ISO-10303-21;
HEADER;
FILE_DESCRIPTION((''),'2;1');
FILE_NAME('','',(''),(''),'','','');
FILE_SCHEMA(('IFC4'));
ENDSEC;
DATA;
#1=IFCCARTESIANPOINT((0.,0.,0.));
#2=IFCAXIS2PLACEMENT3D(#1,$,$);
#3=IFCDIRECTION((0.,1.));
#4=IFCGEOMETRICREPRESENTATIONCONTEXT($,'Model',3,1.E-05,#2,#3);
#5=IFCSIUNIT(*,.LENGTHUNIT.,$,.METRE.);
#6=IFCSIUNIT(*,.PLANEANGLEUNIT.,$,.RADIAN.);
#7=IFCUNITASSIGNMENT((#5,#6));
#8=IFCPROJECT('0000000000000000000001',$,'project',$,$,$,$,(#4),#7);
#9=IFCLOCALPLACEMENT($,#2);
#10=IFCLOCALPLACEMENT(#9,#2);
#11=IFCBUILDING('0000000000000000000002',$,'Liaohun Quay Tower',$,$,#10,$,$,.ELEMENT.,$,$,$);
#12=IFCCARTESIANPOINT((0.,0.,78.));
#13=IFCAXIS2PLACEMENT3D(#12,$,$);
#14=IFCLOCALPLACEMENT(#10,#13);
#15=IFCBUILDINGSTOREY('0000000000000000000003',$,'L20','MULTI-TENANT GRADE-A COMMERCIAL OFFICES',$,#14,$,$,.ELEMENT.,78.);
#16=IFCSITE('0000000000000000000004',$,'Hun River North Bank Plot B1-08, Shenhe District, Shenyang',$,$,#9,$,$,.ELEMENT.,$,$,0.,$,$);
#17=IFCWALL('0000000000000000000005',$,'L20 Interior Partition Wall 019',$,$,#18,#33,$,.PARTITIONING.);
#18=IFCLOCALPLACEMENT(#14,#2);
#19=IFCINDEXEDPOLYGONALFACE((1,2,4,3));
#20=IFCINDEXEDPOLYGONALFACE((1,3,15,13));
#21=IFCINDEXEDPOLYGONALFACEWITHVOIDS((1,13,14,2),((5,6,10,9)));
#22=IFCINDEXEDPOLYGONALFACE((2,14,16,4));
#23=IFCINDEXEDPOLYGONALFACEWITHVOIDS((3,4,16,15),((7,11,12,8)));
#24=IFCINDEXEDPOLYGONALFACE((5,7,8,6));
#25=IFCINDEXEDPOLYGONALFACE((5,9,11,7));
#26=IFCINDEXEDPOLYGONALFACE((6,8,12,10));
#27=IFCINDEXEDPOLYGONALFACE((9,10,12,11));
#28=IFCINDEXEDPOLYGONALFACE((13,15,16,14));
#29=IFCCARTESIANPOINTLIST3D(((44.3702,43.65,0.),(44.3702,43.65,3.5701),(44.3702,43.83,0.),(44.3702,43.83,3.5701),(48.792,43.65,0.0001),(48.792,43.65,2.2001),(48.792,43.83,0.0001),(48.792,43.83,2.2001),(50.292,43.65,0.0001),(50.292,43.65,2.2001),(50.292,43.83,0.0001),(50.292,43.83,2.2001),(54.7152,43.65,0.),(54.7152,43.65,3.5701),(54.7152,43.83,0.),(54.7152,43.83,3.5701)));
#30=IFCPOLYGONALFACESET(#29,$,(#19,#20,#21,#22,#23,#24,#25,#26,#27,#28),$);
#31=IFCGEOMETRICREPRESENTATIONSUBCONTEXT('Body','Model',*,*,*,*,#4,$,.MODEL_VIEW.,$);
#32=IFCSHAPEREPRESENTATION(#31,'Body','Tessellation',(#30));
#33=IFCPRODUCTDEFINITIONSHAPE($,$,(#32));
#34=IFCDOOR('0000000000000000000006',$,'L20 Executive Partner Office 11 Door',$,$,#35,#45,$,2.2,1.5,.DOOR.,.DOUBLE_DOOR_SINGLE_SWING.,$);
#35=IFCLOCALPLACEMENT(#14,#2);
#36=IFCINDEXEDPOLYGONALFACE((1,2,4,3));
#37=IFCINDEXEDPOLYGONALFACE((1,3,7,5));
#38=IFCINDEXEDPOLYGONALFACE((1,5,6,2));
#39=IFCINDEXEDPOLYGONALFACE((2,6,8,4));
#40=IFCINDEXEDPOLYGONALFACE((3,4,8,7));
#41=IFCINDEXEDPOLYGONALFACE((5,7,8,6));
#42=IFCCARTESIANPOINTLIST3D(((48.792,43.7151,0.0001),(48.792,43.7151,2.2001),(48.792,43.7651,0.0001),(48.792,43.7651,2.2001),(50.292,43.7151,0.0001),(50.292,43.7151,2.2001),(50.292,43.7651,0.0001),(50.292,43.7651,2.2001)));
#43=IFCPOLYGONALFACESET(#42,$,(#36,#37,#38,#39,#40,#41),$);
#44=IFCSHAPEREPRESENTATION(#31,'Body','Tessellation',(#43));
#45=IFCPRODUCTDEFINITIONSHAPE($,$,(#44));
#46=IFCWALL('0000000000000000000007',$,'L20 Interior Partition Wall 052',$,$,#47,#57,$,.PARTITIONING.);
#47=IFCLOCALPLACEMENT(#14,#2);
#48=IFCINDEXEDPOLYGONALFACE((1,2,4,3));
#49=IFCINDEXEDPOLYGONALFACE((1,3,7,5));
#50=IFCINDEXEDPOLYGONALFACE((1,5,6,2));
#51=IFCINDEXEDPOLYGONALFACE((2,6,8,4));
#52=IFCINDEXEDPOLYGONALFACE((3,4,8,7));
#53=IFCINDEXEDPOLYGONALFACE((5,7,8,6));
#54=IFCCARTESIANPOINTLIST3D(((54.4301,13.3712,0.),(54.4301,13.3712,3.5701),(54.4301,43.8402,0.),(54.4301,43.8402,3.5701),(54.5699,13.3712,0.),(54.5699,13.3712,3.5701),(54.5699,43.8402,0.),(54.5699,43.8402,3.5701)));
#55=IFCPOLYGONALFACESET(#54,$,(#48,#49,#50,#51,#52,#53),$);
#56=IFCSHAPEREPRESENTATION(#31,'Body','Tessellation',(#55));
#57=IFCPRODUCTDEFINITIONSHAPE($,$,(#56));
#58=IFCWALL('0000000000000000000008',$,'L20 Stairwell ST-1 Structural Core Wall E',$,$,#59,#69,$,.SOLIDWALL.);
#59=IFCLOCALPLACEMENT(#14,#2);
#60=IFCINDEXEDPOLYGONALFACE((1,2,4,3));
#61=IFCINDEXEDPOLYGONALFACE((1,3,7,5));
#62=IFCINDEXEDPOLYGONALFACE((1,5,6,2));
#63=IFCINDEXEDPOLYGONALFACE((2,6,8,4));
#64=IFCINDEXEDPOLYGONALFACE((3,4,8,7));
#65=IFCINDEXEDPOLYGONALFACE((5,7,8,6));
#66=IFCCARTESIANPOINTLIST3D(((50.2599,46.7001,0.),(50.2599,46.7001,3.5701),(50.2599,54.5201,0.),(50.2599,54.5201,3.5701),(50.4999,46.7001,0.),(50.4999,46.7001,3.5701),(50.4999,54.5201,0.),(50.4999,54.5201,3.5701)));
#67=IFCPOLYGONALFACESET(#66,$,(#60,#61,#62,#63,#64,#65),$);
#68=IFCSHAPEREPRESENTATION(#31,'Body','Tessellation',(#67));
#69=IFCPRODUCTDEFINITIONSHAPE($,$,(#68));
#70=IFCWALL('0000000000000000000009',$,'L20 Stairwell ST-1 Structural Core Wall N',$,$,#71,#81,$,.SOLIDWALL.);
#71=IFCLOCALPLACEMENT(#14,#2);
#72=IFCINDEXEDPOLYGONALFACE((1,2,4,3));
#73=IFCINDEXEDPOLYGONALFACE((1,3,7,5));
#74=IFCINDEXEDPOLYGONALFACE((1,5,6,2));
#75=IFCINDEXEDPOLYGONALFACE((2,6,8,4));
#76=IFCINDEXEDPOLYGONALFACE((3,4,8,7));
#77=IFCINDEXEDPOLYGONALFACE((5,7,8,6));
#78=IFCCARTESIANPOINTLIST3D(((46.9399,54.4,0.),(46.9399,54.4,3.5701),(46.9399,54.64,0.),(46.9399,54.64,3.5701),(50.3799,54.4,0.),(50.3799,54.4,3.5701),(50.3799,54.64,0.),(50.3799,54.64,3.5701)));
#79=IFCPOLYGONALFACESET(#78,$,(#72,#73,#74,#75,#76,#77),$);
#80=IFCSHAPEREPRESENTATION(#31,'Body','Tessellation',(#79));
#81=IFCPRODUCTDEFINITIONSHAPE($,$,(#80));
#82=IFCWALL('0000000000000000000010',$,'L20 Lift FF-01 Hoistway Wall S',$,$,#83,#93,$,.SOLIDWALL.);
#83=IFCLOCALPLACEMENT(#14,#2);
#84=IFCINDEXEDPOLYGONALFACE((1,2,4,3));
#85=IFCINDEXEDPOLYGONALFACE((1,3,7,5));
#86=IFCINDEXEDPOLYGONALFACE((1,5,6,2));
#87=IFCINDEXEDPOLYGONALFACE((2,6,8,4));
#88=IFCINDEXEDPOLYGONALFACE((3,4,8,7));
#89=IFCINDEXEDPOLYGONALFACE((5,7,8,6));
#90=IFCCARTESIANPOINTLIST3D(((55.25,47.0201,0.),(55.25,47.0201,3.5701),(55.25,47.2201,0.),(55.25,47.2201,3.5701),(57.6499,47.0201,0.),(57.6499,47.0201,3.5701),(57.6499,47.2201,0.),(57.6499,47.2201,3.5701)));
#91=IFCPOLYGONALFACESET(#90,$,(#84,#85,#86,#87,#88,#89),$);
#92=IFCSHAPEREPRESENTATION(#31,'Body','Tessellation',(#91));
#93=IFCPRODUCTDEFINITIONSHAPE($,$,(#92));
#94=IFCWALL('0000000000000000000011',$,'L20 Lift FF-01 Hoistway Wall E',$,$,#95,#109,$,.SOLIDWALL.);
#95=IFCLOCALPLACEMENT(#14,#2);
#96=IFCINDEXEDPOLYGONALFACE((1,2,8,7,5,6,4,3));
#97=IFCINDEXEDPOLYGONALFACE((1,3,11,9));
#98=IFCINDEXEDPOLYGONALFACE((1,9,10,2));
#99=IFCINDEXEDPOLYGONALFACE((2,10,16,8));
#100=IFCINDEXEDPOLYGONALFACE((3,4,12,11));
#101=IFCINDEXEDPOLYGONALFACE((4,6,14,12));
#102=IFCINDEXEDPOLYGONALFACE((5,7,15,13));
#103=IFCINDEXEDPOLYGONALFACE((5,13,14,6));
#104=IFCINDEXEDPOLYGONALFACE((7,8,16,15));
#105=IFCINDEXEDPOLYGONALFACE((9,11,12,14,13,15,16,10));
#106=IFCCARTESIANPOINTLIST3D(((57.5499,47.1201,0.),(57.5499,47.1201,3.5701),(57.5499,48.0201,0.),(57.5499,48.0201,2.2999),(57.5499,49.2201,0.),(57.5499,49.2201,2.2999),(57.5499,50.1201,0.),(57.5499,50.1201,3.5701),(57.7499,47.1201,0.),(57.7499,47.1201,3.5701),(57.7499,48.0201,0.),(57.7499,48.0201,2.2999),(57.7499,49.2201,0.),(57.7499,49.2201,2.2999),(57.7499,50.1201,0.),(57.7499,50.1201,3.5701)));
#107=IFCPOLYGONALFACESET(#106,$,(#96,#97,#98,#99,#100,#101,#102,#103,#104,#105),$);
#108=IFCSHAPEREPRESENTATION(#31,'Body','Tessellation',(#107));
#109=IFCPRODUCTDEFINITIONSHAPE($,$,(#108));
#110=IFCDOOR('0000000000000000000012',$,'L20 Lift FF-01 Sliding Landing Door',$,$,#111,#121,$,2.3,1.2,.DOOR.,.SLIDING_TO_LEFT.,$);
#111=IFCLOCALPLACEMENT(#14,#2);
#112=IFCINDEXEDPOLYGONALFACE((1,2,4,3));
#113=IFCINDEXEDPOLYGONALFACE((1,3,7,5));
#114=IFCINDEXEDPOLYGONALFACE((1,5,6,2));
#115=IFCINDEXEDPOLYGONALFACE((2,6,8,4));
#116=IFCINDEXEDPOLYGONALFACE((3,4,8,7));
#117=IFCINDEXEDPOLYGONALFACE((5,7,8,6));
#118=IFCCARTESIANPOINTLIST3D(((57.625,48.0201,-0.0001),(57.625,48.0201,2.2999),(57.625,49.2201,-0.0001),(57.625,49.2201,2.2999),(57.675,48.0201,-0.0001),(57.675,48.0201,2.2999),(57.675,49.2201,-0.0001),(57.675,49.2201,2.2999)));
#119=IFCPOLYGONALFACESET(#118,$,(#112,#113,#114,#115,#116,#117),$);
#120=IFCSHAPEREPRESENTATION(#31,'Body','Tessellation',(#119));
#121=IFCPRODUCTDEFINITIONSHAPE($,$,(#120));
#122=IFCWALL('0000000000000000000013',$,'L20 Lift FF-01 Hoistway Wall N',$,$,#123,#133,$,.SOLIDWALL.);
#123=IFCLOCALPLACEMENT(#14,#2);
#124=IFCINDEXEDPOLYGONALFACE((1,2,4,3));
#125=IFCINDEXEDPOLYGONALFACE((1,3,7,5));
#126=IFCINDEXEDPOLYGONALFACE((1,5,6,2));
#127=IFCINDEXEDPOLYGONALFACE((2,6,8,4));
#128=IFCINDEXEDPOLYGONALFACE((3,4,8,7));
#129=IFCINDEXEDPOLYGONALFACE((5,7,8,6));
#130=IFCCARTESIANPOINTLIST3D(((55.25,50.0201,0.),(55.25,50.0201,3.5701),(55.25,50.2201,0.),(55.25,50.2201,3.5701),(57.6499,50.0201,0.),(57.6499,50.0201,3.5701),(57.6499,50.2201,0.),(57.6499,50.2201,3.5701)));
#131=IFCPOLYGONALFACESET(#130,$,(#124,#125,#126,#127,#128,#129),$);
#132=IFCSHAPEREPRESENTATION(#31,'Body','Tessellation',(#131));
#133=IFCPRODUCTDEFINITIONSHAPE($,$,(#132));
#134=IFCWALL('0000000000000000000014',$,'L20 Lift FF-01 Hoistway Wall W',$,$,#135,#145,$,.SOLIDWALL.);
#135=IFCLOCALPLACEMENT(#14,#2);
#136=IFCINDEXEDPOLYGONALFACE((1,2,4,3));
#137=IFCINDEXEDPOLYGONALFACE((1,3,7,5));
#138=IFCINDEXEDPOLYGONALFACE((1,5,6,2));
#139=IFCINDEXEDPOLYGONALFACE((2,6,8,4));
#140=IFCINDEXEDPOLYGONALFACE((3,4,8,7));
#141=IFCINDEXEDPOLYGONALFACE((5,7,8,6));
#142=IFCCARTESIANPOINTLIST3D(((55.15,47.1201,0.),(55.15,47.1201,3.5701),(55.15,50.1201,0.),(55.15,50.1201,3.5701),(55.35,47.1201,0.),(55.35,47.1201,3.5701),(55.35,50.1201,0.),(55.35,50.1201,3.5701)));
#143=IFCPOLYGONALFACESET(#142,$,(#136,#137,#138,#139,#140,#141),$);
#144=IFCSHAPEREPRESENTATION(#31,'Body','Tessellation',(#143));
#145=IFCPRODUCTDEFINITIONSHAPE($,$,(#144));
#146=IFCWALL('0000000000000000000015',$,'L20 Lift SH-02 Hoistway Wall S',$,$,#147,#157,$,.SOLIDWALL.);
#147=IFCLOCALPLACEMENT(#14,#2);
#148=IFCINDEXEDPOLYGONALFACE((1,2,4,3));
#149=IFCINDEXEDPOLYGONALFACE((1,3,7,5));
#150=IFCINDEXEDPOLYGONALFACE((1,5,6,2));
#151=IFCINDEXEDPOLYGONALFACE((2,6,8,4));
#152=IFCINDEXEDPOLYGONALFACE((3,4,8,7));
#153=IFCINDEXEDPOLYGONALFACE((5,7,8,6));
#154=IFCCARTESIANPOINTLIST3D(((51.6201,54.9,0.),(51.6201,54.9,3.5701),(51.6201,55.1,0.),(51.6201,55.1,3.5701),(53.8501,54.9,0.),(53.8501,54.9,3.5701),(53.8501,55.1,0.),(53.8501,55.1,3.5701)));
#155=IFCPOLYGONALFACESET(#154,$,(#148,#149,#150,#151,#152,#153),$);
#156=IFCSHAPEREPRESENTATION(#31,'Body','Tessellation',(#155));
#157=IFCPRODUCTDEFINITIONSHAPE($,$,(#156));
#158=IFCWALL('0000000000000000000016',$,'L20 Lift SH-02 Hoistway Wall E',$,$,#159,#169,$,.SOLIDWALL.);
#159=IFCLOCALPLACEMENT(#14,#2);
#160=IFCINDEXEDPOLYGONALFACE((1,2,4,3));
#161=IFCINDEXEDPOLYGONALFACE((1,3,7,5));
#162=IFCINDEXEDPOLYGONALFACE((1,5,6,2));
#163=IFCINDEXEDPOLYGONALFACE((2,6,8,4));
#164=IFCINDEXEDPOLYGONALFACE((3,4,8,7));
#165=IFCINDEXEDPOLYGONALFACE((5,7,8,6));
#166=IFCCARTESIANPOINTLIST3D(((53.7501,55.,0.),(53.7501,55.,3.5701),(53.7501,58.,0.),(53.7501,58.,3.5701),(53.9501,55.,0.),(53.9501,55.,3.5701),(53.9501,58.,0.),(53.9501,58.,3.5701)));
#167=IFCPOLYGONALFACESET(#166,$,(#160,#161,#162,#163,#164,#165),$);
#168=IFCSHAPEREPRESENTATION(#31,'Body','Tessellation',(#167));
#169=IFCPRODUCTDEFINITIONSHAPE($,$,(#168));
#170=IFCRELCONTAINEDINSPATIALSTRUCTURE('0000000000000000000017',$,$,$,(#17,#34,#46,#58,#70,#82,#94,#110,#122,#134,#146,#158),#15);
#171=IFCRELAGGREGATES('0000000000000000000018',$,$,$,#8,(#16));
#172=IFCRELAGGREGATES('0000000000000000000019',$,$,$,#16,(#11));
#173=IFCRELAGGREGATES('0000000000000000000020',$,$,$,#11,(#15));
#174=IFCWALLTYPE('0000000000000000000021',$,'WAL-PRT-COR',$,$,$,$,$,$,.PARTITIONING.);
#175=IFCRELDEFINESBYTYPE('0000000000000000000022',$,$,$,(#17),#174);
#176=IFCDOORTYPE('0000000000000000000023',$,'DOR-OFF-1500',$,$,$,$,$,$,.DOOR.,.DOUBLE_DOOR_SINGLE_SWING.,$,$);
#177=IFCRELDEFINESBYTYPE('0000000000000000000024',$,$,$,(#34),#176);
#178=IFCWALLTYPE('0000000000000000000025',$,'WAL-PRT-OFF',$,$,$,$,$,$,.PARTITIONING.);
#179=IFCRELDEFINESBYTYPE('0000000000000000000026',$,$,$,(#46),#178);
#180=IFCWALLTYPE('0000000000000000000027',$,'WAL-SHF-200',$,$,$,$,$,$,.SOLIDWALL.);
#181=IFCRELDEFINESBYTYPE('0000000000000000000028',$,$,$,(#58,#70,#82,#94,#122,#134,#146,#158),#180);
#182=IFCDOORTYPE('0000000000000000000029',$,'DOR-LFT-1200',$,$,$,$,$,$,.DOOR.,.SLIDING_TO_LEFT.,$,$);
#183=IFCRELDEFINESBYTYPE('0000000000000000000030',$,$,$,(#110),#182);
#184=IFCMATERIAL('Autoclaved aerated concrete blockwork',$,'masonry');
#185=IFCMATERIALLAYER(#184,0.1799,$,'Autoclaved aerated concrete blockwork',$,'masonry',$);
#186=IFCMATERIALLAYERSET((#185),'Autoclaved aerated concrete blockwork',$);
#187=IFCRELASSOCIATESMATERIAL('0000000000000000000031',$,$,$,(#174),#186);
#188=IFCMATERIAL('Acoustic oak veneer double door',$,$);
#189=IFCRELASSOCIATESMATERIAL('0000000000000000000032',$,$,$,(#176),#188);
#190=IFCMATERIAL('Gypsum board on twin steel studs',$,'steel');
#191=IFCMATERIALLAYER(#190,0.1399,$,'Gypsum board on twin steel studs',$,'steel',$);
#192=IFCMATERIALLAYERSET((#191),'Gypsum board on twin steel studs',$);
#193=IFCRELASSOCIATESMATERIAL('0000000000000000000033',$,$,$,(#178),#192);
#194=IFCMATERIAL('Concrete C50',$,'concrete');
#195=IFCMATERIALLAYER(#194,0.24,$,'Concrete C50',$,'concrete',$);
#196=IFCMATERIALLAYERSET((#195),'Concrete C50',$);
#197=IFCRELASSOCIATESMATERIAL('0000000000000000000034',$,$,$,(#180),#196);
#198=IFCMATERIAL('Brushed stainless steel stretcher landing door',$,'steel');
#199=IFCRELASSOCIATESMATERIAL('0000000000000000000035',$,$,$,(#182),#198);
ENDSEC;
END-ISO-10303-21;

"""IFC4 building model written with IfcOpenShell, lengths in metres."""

from ifc_helpers import new_model, si_unit, direction, frame, frame_2d, origin, place, context, subcontext, project, spatial, rectangle, extrude, source, transform, mapped, material, layer, layer_set, type_object, element, fill, save


model = new_model("IFC4")

# Units and contexts
model_context = context("Model", 3, precision=1e-05, world=origin(), true_north=direction((0.0, 1.0)))
body_context = subcontext(model_context, "Body", "Model", "MODEL_VIEW")
ifc_project = project(units=[si_unit("LENGTHUNIT", "METRE"), si_unit("PLANEANGLEUNIT", "RADIAN")], contexts=[model_context])

# Site, building, storey
site_placement = place(None, origin())
site = spatial("IfcSite", under=ifc_project, at=site_placement, Name="Hun River North Bank Plot B1-08, Shenhe District, Shenyang", CompositionType="ELEMENT", RefElevation=0.0)
building_placement = place(site_placement, origin())
building = spatial("IfcBuilding", under=site, at=building_placement, Name="Liaohun Quay Tower", CompositionType="ELEMENT")
storey_placement = place(building_placement, frame((0.0, 0.0, 78.0)))
storey = spatial("IfcBuildingStorey", under=building, at=storey_placement, Name="L20", Description="MULTI-TENANT GRADE-A COMMERCIAL OFFICES", CompositionType="ELEMENT", Elevation=78.0)

# Shared definitions
ifc_material_1 = material(Name="Concrete C50", Category="concrete")

# Wall, opening, door
ifc_material_2 = material(Name="Autoclaved aerated concrete blockwork", Category="masonry")
ifc_layer_1 = layer(ifc_material_2, 0.1799, Name="Autoclaved aerated concrete blockwork", Category="masonry")
ifc_layer_set_1 = layer_set([ifc_layer_1], Name="Autoclaved aerated concrete blockwork")
wall_type_1 = type_object("IfcWallType", Name="WAL-PRT-COR", PredefinedType="PARTITIONING", material=ifc_layer_set_1)
wall_1_placement = place(storey_placement, frame((54.7151, 43.74, 0.0), z_axis=(0.0, 0.0, 1.0), x_axis=(-1.0, 0.0, 0.0)))
wall_1 = element("IfcWall", 1, at=wall_1_placement, inside=storey, type_object=wall_type_1, Name="L20 Interior Partition Wall 019", PredefinedType="PARTITIONING", context=body_context, shape_type="SweptSolid", body=[
    extrude(rectangle(XDim=10.345, YDim=0.1799, at=frame_2d((5.1724, 0.0))), origin(), (0.0, 0.0, 1.0), 3.5701),
])
shared_shape_1 = source(origin(), body_context, "Body", "SweptSolid", [
    extrude(rectangle(XDim=1.5, YDim=2.2, at=frame_2d((0.75, 1.1001))), frame((0.0, 0.0999, 0.0), z_axis=(0.0, -1.0, 0.0), x_axis=(1.0, 0.0, 0.0)), (0.0, 0.0, 1.0), 0.2),
])
opening_1_placement = place(wall_1_placement, frame((4.4231, 0.0, 0.0)))
opening_1 = element("IfcOpeningElement", 2, at=opening_1_placement, cuts=wall_1, PredefinedType="OPENING", context=body_context, shape_type="MappedRepresentation", body=[
    mapped(shared_shape_1, transform((0.0, 0.0, 0.0), x_axis=(1.0, 0.0, 0.0), y_axis=(0.0, 1.0, 0.0), z_axis=(0.0, 0.0, 1.0), scale=1.0)),
])
ifc_material_3 = material(Name="Acoustic oak veneer double door")
door_type_1 = type_object("IfcDoorType", Name="DOR-OFF-1500", OperationType="DOUBLE_DOOR_SINGLE_SWING", PredefinedType="DOOR", material=ifc_material_3)
shared_shape_2 = source(origin(), body_context, "Body", "SweptSolid", [
    extrude(rectangle(XDim=1.5, YDim=2.2, at=frame_2d((0.75, 1.1001))), frame((0.0, 0.0249, 0.0), z_axis=(0.0, -1.0, 0.0), x_axis=(1.0, 0.0, 0.0)), (0.0, 0.0, 1.0), 0.05),
])
door_1_placement = place(opening_1_placement, origin())
door_1 = element("IfcDoor", 3, at=door_1_placement, inside=storey, type_object=door_type_1, Name="L20 Executive Partner Office 11 Door", OperationType="DOUBLE_DOOR_SINGLE_SWING", OverallHeight=2.2, OverallWidth=1.5, PredefinedType="DOOR", context=body_context, shape_type="MappedRepresentation", body=[
    mapped(shared_shape_2, transform((0.0, 0.0, 0.0), x_axis=(1.0, 0.0, 0.0), y_axis=(0.0, 1.0, 0.0), z_axis=(0.0, 0.0, 1.0), scale=1.0)),
])
fill(opening_1, door_1)

# Walls
ifc_material_4 = material(Name="Gypsum board on twin steel studs", Category="steel")
ifc_layer_2 = layer(ifc_material_4, 0.1399, Name="Gypsum board on twin steel studs", Category="steel")
ifc_layer_set_2 = layer_set([ifc_layer_2], Name="Gypsum board on twin steel studs")
wall_type_2 = type_object("IfcWallType", Name="WAL-PRT-OFF", PredefinedType="PARTITIONING", material=ifc_layer_set_2)
wall_2_placement = place(storey_placement, frame((54.5, 43.8401, 0.0), z_axis=(0.0, 0.0, 1.0), x_axis=(0.0, -1.0, 0.0)))
element("IfcWall", 4, at=wall_2_placement, inside=storey, type_object=wall_type_2, Name="L20 Interior Partition Wall 052", PredefinedType="PARTITIONING", context=body_context, shape_type="SweptSolid", body=[
    extrude(rectangle(XDim=30.469, YDim=0.1399, at=frame_2d((15.2344, 0.0))), origin(), (0.0, 0.0, 1.0), 3.5701),
])
ifc_layer_3 = layer(ifc_material_1, 0.24, Name="Concrete C50", Category="concrete")
ifc_layer_set_3 = layer_set([ifc_layer_3], Name="Concrete C50")
wall_type_3 = type_object("IfcWallType", Name="WAL-SHF-200", PredefinedType="SOLIDWALL", material=ifc_layer_set_3)
wall_3_placement = place(storey_placement, frame((50.3799, 46.7, 0.0), z_axis=(0.0, 0.0, 1.0), x_axis=(0.0, 1.0, 0.0)))
element("IfcWall", 5, at=wall_3_placement, inside=storey, type_object=wall_type_3, Name="L20 Stairwell ST-1 Structural Core Wall E", PredefinedType="SOLIDWALL", context=body_context, shape_type="SweptSolid", body=[
    extrude(rectangle(XDim=7.8201, YDim=0.24, at=frame_2d((3.9102, 0.0))), origin(), (0.0, 0.0, 1.0), 3.5701),
])
wall_4_placement = place(storey_placement, frame((50.3799, 54.52, 0.0), z_axis=(0.0, 0.0, 1.0), x_axis=(-1.0, 0.0, 0.0)))
element("IfcWall", 6, at=wall_4_placement, inside=storey, type_object=wall_type_3, Name="L20 Stairwell ST-1 Structural Core Wall N", PredefinedType="SOLIDWALL", context=body_context, shape_type="SweptSolid", body=[
    extrude(rectangle(XDim=3.4399, YDim=0.24, at=frame_2d((1.72, 0.0))), origin(), (0.0, 0.0, 1.0), 3.5701),
])
wall_5_placement = place(storey_placement, frame((55.25, 47.1201, 0.0), z_axis=(0.0, 0.0, 1.0), x_axis=(1.0, 0.0, 0.0)))
element("IfcWall", 7, at=wall_5_placement, inside=storey, type_object=wall_type_3, Name="L20 Lift FF-01 Hoistway Wall S", PredefinedType="SOLIDWALL", context=body_context, shape_type="SweptSolid", body=[
    extrude(rectangle(XDim=2.3999, YDim=0.2, at=frame_2d((1.2, 0.0))), origin(), (0.0, 0.0, 1.0), 3.5701),
])

# Wall, opening, door
wall_6_placement = place(storey_placement, frame((57.6499, 47.1201, 0.0), z_axis=(0.0, 0.0, 1.0), x_axis=(0.0, 1.0, 0.0)))
wall_6 = element("IfcWall", 8, at=wall_6_placement, inside=storey, type_object=wall_type_3, Name="L20 Lift FF-01 Hoistway Wall E", PredefinedType="SOLIDWALL", context=body_context, shape_type="SweptSolid", body=[
    extrude(rectangle(XDim=3.0, YDim=0.2, at=frame_2d((1.5, 0.0))), origin(), (0.0, 0.0, 1.0), 3.5701),
])
shared_shape_3 = source(origin(), body_context, "Body", "SweptSolid", [
    extrude(rectangle(XDim=1.2, YDim=2.3, at=frame_2d((0.6001, 1.1499))), frame((0.0, 0.1099, 0.0), z_axis=(0.0, -1.0, 0.0), x_axis=(1.0, 0.0, 0.0)), (0.0, 0.0, 1.0), 0.22),
])
opening_2_placement = place(wall_6_placement, frame((0.8999, 0.0, 0.0)))
opening_2 = element("IfcOpeningElement", 9, at=opening_2_placement, cuts=wall_6, PredefinedType="OPENING", context=body_context, shape_type="MappedRepresentation", body=[
    mapped(shared_shape_3, transform((0.0, 0.0, 0.0), x_axis=(1.0, 0.0, 0.0), y_axis=(0.0, 1.0, 0.0), z_axis=(0.0, 0.0, 1.0), scale=1.0)),
])
ifc_material_5 = material(Name="Brushed stainless steel stretcher landing door", Category="steel")
door_type_2 = type_object("IfcDoorType", Name="DOR-LFT-1200", OperationType="SLIDING_TO_LEFT", PredefinedType="DOOR", material=ifc_material_5)
shared_shape_4 = source(origin(), body_context, "Body", "SweptSolid", [
    extrude(rectangle(XDim=1.2, YDim=2.3, at=frame_2d((0.6001, 1.1499))), frame((0.0, 0.0249, 0.0), z_axis=(0.0, -1.0, 0.0), x_axis=(1.0, 0.0, 0.0)), (0.0, 0.0, 1.0), 0.05),
])
door_2_placement = place(opening_2_placement, origin())
door_2 = element("IfcDoor", 10, at=door_2_placement, inside=storey, type_object=door_type_2, Name="L20 Lift FF-01 Sliding Landing Door", OperationType="SLIDING_TO_LEFT", OverallHeight=2.3, OverallWidth=1.2, PredefinedType="DOOR", context=body_context, shape_type="MappedRepresentation", body=[
    mapped(shared_shape_4, transform((0.0, 0.0, 0.0), x_axis=(1.0, 0.0, 0.0), y_axis=(0.0, 1.0, 0.0), z_axis=(0.0, 0.0, 1.0), scale=1.0)),
])
fill(opening_2, door_2)

# Walls
wall_7_placement = place(storey_placement, frame((57.6499, 50.1201, 0.0), z_axis=(0.0, 0.0, 1.0), x_axis=(-1.0, 0.0, 0.0)))
element("IfcWall", 11, at=wall_7_placement, inside=storey, type_object=wall_type_3, Name="L20 Lift FF-01 Hoistway Wall N", PredefinedType="SOLIDWALL", context=body_context, shape_type="SweptSolid", body=[
    extrude(rectangle(XDim=2.3999, YDim=0.2, at=frame_2d((1.2, 0.0))), origin(), (0.0, 0.0, 1.0), 3.5701),
])
wall_8_placement = place(storey_placement, frame((55.25, 50.1201, 0.0), z_axis=(0.0, 0.0, 1.0), x_axis=(0.0, -1.0, 0.0)))
element("IfcWall", 12, at=wall_8_placement, inside=storey, type_object=wall_type_3, Name="L20 Lift FF-01 Hoistway Wall W", PredefinedType="SOLIDWALL", context=body_context, shape_type="SweptSolid", body=[
    extrude(rectangle(XDim=3.0, YDim=0.2, at=frame_2d((1.5, 0.0))), origin(), (0.0, 0.0, 1.0), 3.5701),
])
wall_9_placement = place(storey_placement, frame((51.6201, 55.0, 0.0), z_axis=(0.0, 0.0, 1.0), x_axis=(1.0, 0.0, 0.0)))
element("IfcWall", 13, at=wall_9_placement, inside=storey, type_object=wall_type_3, Name="L20 Lift SH-02 Hoistway Wall S", PredefinedType="SOLIDWALL", context=body_context, shape_type="SweptSolid", body=[
    extrude(rectangle(XDim=2.23, YDim=0.2, at=frame_2d((1.115, 0.0))), origin(), (0.0, 0.0, 1.0), 3.5701),
])
wall_10_placement = place(storey_placement, frame((53.8501, 55.0, 0.0), z_axis=(0.0, 0.0, 1.0), x_axis=(0.0, 1.0, 0.0)))
element("IfcWall", 14, at=wall_10_placement, inside=storey, type_object=wall_type_3, Name="L20 Lift SH-02 Hoistway Wall E", PredefinedType="SOLIDWALL", context=body_context, shape_type="SweptSolid", body=[
    extrude(rectangle(XDim=3.0, YDim=0.2, at=frame_2d((1.5, 0.0))), origin(), (0.0, 0.0, 1.0), 3.5701),
])

save(model, "model.ifc")
